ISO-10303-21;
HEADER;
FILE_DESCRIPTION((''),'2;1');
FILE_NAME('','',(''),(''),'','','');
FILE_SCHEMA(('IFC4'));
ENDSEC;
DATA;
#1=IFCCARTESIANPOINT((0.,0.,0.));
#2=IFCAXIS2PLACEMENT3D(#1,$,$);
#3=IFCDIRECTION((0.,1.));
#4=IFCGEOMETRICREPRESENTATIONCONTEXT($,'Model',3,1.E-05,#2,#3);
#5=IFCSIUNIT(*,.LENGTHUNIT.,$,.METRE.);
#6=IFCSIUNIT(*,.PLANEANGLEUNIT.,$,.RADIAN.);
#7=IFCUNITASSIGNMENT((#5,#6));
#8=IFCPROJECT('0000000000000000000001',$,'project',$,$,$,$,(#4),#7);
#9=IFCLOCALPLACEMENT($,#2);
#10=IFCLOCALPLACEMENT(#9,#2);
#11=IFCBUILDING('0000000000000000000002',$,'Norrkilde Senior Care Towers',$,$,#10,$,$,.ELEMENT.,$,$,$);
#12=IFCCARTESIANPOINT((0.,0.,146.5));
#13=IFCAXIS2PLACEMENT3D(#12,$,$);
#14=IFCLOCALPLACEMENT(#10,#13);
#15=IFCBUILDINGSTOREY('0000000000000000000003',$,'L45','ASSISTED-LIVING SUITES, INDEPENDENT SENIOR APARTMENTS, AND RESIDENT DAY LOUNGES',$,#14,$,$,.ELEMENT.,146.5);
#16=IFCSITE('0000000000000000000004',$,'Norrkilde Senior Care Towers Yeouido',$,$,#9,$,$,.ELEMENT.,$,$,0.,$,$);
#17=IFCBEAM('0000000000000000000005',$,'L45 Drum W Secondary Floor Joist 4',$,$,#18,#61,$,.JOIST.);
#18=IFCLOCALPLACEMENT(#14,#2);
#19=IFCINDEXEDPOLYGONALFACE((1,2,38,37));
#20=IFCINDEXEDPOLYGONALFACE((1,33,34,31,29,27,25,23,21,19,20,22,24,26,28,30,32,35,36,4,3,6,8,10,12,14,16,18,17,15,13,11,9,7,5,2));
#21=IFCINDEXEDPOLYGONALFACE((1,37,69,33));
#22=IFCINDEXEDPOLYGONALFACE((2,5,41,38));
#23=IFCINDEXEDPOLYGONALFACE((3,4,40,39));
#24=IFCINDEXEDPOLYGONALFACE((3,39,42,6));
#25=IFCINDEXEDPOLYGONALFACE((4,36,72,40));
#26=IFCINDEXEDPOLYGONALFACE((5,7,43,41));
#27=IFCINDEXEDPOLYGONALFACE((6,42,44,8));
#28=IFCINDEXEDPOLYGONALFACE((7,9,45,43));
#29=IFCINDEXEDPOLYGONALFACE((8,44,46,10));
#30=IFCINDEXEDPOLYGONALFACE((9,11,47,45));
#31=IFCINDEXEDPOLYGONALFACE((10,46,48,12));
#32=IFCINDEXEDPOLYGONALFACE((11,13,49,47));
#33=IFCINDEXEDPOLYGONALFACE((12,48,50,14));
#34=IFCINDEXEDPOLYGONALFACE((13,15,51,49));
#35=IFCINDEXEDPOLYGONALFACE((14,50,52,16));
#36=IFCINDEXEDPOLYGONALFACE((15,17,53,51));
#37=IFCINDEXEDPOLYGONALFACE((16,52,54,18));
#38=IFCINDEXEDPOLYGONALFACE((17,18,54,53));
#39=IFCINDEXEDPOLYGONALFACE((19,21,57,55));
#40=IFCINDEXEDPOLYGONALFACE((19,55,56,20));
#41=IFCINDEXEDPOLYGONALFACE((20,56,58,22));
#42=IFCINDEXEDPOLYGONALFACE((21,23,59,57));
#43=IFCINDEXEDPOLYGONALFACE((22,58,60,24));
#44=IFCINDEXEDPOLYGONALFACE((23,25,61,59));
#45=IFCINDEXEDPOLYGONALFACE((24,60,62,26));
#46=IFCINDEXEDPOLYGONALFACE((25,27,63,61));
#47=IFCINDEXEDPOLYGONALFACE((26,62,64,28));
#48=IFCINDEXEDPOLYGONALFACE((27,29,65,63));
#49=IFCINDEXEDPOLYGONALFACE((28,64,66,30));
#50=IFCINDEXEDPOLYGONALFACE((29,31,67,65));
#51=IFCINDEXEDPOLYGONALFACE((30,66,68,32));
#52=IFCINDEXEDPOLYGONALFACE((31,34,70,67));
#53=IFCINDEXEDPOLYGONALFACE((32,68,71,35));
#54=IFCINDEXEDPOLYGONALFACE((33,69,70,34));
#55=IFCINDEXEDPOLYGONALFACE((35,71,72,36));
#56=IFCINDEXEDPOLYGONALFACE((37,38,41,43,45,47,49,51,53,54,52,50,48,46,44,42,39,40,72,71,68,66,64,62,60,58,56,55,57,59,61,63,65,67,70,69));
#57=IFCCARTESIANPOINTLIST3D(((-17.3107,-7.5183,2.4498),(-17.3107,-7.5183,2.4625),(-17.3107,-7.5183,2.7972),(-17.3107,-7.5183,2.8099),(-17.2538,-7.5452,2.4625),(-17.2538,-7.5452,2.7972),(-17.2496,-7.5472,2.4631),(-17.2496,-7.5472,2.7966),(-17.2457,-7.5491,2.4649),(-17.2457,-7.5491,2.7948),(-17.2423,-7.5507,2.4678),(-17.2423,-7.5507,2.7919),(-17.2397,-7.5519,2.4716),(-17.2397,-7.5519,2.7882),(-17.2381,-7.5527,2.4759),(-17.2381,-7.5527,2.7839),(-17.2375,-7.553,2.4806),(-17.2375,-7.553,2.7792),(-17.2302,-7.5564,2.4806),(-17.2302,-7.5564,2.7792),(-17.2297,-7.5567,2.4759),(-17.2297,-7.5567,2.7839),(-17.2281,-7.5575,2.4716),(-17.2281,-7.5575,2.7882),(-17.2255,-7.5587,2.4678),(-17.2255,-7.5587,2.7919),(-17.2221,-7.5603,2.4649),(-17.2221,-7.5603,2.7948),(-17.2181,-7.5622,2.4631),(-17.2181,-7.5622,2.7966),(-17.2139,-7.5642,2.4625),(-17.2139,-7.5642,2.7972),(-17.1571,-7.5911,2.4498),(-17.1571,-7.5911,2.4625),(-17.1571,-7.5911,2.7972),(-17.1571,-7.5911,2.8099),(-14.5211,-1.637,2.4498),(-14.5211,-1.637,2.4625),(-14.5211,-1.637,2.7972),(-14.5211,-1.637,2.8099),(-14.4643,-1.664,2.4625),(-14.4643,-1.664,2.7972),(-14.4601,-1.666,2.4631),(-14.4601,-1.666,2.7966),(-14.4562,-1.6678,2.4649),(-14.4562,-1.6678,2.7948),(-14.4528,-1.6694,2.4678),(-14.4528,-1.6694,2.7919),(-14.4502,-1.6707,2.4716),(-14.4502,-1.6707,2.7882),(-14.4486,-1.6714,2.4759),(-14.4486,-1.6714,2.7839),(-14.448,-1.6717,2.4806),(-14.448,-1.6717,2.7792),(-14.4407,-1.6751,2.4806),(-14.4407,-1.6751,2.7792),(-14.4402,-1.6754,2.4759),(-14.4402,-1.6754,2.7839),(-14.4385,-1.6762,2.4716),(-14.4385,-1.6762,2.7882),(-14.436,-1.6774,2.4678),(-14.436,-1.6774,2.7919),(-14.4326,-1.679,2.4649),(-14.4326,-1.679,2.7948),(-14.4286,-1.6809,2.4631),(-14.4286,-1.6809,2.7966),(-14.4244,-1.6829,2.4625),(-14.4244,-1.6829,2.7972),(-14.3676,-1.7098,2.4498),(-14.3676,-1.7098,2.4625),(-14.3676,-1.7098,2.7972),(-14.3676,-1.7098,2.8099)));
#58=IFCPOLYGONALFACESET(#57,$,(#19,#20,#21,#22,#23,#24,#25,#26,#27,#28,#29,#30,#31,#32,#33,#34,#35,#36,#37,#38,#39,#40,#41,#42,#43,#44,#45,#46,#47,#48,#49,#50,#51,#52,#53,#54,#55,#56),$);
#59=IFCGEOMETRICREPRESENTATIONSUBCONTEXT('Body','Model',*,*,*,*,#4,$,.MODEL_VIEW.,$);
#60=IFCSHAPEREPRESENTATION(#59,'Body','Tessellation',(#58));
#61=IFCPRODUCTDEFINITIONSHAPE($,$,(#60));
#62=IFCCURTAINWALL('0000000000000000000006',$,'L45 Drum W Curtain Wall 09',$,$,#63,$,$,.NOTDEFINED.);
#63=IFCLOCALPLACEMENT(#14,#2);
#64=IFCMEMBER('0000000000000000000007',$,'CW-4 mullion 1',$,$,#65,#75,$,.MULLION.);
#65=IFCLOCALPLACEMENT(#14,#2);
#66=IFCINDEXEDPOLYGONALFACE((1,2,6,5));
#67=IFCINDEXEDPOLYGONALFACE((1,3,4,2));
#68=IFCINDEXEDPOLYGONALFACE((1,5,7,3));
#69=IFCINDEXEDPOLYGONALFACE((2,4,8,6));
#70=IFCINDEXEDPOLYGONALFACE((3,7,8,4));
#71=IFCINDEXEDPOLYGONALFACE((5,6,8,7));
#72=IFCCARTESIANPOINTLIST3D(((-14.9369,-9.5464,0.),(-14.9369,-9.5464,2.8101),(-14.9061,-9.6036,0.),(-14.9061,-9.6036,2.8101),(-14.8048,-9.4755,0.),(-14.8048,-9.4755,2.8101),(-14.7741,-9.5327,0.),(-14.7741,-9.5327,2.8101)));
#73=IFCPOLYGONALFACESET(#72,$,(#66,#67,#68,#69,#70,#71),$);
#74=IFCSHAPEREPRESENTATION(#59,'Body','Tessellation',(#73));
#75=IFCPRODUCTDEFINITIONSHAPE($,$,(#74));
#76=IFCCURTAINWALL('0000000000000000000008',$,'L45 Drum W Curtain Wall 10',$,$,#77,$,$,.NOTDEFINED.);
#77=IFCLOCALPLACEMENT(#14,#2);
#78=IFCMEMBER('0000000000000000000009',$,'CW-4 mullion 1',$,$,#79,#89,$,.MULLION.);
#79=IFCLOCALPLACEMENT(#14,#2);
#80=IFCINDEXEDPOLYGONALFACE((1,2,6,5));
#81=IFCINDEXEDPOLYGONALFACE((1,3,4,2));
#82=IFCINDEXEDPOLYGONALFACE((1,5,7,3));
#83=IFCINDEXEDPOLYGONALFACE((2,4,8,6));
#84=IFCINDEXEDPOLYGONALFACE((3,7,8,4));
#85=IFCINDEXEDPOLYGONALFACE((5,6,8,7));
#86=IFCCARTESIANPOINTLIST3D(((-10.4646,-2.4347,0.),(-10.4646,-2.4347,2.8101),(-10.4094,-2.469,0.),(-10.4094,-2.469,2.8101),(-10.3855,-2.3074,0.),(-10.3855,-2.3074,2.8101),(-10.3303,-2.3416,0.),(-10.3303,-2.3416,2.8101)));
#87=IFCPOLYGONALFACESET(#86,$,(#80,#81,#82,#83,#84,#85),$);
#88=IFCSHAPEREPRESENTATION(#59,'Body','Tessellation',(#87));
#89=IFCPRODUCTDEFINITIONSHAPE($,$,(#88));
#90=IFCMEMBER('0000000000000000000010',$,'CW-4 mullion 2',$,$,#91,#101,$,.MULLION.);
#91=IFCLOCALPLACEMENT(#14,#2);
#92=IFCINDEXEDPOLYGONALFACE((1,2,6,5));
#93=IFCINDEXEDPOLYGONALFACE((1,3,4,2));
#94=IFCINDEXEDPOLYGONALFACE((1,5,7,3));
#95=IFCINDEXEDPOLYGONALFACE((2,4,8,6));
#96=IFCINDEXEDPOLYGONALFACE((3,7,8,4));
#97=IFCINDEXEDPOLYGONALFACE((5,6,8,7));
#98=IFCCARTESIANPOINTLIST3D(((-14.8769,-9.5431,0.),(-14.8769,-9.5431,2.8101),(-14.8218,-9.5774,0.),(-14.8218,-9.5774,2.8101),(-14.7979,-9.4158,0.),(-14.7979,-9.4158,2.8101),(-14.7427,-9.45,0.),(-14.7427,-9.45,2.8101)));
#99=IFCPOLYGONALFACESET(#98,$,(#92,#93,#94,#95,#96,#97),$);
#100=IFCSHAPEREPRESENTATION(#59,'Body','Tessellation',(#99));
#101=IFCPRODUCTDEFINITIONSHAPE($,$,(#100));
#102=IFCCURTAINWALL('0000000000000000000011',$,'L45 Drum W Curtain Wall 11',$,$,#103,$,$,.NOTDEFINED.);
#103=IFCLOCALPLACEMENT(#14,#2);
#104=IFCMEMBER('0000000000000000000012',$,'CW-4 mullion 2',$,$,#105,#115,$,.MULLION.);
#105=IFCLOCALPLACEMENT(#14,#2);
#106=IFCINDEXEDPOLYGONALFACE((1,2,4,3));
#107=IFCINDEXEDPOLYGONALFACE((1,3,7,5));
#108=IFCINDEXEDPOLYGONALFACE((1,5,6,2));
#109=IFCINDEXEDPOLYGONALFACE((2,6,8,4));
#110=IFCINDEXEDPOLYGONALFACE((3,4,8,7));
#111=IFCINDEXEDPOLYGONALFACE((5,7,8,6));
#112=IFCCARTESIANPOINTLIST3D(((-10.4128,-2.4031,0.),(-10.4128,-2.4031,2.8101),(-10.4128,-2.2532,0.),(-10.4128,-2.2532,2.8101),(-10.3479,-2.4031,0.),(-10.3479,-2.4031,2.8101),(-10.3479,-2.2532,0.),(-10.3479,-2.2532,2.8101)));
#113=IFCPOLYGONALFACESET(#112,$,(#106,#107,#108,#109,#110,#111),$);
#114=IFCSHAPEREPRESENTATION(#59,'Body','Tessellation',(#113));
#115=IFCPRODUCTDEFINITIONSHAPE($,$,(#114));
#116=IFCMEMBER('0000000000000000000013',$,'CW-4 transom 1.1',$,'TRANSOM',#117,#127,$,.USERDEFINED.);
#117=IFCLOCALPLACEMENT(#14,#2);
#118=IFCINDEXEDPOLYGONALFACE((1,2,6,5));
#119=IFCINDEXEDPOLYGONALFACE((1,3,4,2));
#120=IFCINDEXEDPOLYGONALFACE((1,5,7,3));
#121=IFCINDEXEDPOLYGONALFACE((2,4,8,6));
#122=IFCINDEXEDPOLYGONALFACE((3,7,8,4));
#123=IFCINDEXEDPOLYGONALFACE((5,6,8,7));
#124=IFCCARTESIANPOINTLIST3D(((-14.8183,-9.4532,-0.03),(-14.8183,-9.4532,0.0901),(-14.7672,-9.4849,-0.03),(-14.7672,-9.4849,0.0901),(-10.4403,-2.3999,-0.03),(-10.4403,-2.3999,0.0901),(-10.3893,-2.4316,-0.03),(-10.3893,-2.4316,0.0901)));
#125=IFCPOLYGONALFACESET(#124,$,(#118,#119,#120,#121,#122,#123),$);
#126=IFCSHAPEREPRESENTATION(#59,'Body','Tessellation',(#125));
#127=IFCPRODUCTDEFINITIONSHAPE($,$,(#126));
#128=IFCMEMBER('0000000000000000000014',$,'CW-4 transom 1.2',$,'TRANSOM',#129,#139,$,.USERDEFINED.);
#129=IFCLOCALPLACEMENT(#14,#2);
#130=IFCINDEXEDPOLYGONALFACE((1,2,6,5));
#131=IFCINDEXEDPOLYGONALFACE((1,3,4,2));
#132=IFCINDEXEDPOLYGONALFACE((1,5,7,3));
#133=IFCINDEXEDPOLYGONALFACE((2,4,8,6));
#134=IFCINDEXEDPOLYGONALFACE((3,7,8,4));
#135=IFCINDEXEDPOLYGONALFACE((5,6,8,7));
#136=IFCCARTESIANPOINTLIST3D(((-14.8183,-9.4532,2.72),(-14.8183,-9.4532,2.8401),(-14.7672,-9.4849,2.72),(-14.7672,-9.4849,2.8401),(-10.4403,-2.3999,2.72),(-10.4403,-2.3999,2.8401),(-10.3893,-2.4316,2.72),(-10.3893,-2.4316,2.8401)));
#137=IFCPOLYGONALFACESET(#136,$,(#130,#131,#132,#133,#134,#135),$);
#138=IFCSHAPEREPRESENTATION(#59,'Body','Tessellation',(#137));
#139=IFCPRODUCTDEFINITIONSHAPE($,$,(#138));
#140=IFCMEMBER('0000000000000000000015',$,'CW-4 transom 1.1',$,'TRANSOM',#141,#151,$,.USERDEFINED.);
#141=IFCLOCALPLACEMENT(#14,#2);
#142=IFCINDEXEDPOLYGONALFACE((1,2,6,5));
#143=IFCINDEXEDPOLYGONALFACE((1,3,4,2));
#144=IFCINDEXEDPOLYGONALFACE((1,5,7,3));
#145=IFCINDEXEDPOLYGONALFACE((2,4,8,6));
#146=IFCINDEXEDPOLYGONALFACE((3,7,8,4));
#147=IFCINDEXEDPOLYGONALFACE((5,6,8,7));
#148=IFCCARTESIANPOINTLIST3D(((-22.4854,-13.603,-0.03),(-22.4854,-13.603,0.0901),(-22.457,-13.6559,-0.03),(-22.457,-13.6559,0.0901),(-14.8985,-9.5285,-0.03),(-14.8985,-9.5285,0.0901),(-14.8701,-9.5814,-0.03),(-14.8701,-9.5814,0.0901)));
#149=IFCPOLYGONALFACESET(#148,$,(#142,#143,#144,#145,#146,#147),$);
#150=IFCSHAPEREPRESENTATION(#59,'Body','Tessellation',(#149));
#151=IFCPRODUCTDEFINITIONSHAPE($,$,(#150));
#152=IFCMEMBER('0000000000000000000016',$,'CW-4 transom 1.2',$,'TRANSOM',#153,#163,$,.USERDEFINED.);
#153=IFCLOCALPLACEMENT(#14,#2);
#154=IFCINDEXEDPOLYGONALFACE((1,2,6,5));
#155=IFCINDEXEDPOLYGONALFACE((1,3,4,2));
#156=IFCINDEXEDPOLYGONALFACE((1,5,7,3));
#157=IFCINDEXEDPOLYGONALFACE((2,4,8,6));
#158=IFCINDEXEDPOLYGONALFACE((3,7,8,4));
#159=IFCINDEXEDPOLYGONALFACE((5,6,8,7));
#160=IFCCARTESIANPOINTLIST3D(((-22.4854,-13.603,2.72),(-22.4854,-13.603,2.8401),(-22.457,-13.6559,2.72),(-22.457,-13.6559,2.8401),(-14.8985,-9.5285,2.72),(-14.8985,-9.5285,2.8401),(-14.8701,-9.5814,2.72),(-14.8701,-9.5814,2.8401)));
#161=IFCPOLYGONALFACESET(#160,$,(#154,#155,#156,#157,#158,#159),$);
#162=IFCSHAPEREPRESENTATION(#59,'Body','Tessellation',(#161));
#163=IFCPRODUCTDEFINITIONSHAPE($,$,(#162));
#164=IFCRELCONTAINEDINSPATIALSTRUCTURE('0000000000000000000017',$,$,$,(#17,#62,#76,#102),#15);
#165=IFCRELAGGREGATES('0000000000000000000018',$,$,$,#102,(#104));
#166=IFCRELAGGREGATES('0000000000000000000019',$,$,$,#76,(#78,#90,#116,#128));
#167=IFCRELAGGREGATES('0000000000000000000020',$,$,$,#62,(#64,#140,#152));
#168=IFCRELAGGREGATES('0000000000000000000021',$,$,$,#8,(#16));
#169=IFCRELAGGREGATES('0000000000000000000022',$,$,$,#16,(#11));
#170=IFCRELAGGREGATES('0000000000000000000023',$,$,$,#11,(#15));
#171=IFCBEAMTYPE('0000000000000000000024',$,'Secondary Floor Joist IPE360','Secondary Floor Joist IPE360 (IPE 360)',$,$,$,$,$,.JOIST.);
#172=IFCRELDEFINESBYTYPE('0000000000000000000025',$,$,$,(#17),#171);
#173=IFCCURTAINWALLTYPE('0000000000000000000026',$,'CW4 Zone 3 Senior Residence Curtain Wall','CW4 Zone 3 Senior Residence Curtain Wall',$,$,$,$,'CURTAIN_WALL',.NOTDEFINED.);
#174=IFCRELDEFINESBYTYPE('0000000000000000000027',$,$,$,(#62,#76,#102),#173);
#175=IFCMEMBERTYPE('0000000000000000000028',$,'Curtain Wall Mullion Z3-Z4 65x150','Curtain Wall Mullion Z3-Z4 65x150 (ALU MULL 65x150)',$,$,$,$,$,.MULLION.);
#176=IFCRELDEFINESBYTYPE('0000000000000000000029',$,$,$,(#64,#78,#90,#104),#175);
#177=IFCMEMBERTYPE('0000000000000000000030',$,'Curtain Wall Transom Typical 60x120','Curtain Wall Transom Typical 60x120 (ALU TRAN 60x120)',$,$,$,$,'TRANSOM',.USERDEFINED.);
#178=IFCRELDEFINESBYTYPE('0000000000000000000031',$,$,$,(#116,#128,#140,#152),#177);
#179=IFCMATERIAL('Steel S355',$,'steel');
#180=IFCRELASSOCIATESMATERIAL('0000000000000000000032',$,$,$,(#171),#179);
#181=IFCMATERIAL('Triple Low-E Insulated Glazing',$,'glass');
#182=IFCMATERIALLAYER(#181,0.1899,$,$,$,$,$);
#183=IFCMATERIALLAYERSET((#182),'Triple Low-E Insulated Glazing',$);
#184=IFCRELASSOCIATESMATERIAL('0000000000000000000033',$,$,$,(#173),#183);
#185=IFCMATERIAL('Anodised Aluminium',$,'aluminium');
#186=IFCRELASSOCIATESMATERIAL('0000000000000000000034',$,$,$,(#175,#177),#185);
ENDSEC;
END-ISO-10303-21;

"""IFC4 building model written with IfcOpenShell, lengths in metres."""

from ifc_helpers import new_model, si_unit, direction, frame, origin, origin_2d, place, context, subcontext, project, spatial, rectangle, i_section, extrude, source, transform, mapped, material, layer, layer_set, material_profile, profile_set, type_object, type_shapes, element, aggregate, save


model = new_model("IFC4")

# Units and contexts
model_context = context("Model", 3, precision=1e-05, world=origin(), true_north=direction((0.0, 1.0)))
body_context = subcontext(model_context, "Body", "Model", "MODEL_VIEW")
ifc_project = project(units=[si_unit("LENGTHUNIT", "METRE"), si_unit("PLANEANGLEUNIT", "RADIAN")], contexts=[model_context])

# Site, building, storey
site_placement = place(None, origin())
site = spatial("IfcSite", under=ifc_project, at=site_placement, Name="Norrkilde Senior Care Towers Yeouido", CompositionType="ELEMENT", RefElevation=0.0)
building_placement = place(site_placement, origin())
building = spatial("IfcBuilding", under=site, at=building_placement, Name="Norrkilde Senior Care Towers", CompositionType="ELEMENT")
storey_placement = place(building_placement, frame((0.0, 0.0, 146.5)))
storey = spatial("IfcBuildingStorey", under=building, at=storey_placement, Name="L45", Description="ASSISTED-LIVING SUITES, INDEPENDENT SENIOR APARTMENTS, AND RESIDENT DAY LOUNGES", CompositionType="ELEMENT", Elevation=146.5)

# Beam
ifc_material_1 = material(Name="Steel S355", Category="steel")
ifc_material_profile_1 = material_profile(ifc_material_1, i_section(OverallWidth=0.1699, OverallDepth=0.3601, WebThickness=0.0081, FlangeThickness=0.0127, FilletRadius=0.0181, at=origin_2d()), Name="IPE 360")
ifc_profile_set_1 = profile_set([ifc_material_profile_1], Name="Steel S355")
beam_type_1 = type_object("IfcBeamType", Name="Secondary Floor Joist IPE360", Description="Secondary Floor Joist IPE360 (IPE 360)", PredefinedType="JOIST", material=ifc_profile_set_1)
shared_shape_1 = source(origin(), body_context, "Body", "SweptSolid", [
    extrude(i_section(OverallWidth=0.1699, OverallDepth=0.3601, WebThickness=0.0081, FlangeThickness=0.0127, FilletRadius=0.0181, at=origin_2d()), origin(), (0.0, 0.0, 1.0), 6.5093),
])
type_shapes(beam_type_1, [shared_shape_1])
beam_1_placement = place(storey_placement, frame((-17.2339, -7.5547, 2.6299), z_axis=(0.428544, 0.903521, 0.0), x_axis=(-0.903521, 0.428544, 0.0)))
element("IfcBeam", 1, at=beam_1_placement, inside=storey, type_object=beam_type_1, Name="L45 Drum W Secondary Floor Joist 4", PredefinedType="JOIST", context=body_context, shape_type="MappedRepresentation", body=[
    mapped(shared_shape_1, transform((0.0, 0.0, 0.0), x_axis=(1.0, 0.0, 0.0), y_axis=(0.0, 1.0, 0.0), z_axis=(0.0, 0.0, 1.0), scale=1.0)),
])

# Curtain wall, member
ifc_material_2 = material(Name="Triple Low-E Insulated Glazing", Category="glass")
ifc_layer_1 = layer(ifc_material_2, 0.1899)
ifc_layer_set_1 = layer_set([ifc_layer_1], Name="Triple Low-E Insulated Glazing")
curtain_wall_type = type_object("IfcCurtainWallType", Name="CW4 Zone 3 Senior Residence Curtain Wall", Description="CW4 Zone 3 Senior Residence Curtain Wall", ElementType="CURTAIN_WALL", PredefinedType="NOTDEFINED", material=ifc_layer_set_1)
curtain_wall_1_placement = place(storey_placement, origin())
curtain_wall_1 = element("IfcCurtainWall", 2, at=curtain_wall_1_placement, inside=storey, type_object=curtain_wall_type, Name="L45 Drum W Curtain Wall 09", PredefinedType="NOTDEFINED")
ifc_material_3 = material(Name="Anodised Aluminium", Category="aluminium")
ifc_material_profile_2 = material_profile(ifc_material_3, rectangle(XDim=0.0649, YDim=0.1499, at=origin_2d()), Name="ALU MULL 65x150")
ifc_profile_set_2 = profile_set([ifc_material_profile_2], Name="Anodised Aluminium")
member_type_1 = type_object("IfcMemberType", Name="Curtain Wall Mullion Z3-Z4 65x150", Description="Curtain Wall Mullion Z3-Z4 65x150 (ALU MULL 65x150)", PredefinedType="MULLION", material=ifc_profile_set_2)
shared_shape_2 = source(origin(), body_context, "Body", "SweptSolid", [
    extrude(rectangle(XDim=0.0649, YDim=0.1499, at=origin_2d()), origin(), (0.0, 0.0, 1.0), 2.8101),
])
type_shapes(member_type_1, [shared_shape_2])
member_1_placement = place(storey_placement, frame((-14.8555, -9.5396, 0.0), z_axis=(0.0, 0.0, 1.0), x_axis=(0.473117, -0.881, 0.0)))
member_1 = element("IfcMember", 3, at=member_1_placement, type_object=member_type_1, Name="CW-4 mullion 1", PredefinedType="MULLION", context=body_context, shape_type="MappedRepresentation", body=[
    mapped(shared_shape_2, transform((0.0, 0.0, 0.0), x_axis=(1.0, 0.0, 0.0), y_axis=(0.0, 1.0, 0.0), z_axis=(0.0, 0.0, 1.0), scale=1.0)),
])

# Curtain wall, members
curtain_wall_2_placement = place(storey_placement, origin())
curtain_wall_2 = element("IfcCurtainWall", 4, at=curtain_wall_2_placement, inside=storey, type_object=curtain_wall_type, Name="L45 Drum W Curtain Wall 10", PredefinedType="NOTDEFINED")
member_2_placement = place(storey_placement, frame((-10.3975, -2.3882, 0.0), z_axis=(0.0, 0.0, 1.0), x_axis=(0.849634, -0.527373, 0.0)))
member_2 = element("IfcMember", 5, at=member_2_placement, type_object=member_type_1, Name="CW-4 mullion 1", PredefinedType="MULLION", context=body_context, shape_type="MappedRepresentation", body=[
    mapped(shared_shape_2, transform((0.0, 0.0, 0.0), x_axis=(1.0, 0.0, 0.0), y_axis=(0.0, 1.0, 0.0), z_axis=(0.0, 0.0, 1.0), scale=1.0)),
])
member_3_placement = place(storey_placement, frame((-14.8098, -9.4966, 0.0), z_axis=(0.0, 0.0, 1.0), x_axis=(0.849634, -0.527373, 0.0)))
member_3 = element("IfcMember", 6, at=member_3_placement, type_object=member_type_1, Name="CW-4 mullion 2", PredefinedType="MULLION", context=body_context, shape_type="MappedRepresentation", body=[
    mapped(shared_shape_2, transform((0.0, 0.0, 0.0), x_axis=(1.0, 0.0, 0.0), y_axis=(0.0, 1.0, 0.0), z_axis=(0.0, 0.0, 1.0), scale=1.0)),
])

# Curtain wall, member
curtain_wall_3_placement = place(storey_placement, origin())
curtain_wall_3 = element("IfcCurtainWall", 7, at=curtain_wall_3_placement, inside=storey, type_object=curtain_wall_type, Name="L45 Drum W Curtain Wall 11", PredefinedType="NOTDEFINED")
member_4_placement = place(storey_placement, frame((-10.3804, -2.3281, 0.0), z_axis=(0.0, 0.0, 1.0), x_axis=(1.0, 0.0, 0.0)))
member_4 = element("IfcMember", 8, at=member_4_placement, type_object=member_type_1, Name="CW-4 mullion 2", PredefinedType="MULLION", context=body_context, shape_type="MappedRepresentation", body=[
    mapped(shared_shape_2, transform((0.0, 0.0, 0.0), x_axis=(1.0, 0.0, 0.0), y_axis=(0.0, 1.0, 0.0), z_axis=(0.0, 0.0, 1.0), scale=1.0)),
])
aggregate(curtain_wall_3, [member_4])

# Members
ifc_material_profile_3 = material_profile(ifc_material_3, rectangle(XDim=0.0601, YDim=0.1201, at=origin_2d()), Name="ALU TRAN 60x120")
ifc_profile_set_3 = profile_set([ifc_material_profile_3], Name="Anodised Aluminium")
member_type_2 = type_object("IfcMemberType", Name="Curtain Wall Transom Typical 60x120", Description="Curtain Wall Transom Typical 60x120 (ALU TRAN 60x120)", ElementType="TRANSOM", PredefinedType="USERDEFINED", material=ifc_profile_set_3)
shared_shape_3 = source(origin(), body_context, "Body", "SweptSolid", [
    extrude(rectangle(XDim=0.0601, YDim=0.1201, at=origin_2d()), origin(), (0.0, 0.0, 1.0), 8.3015),
])
member_5_placement = place(storey_placement, frame((-10.4148, -2.4158, 0.03), z_axis=(-0.527369, -0.849637, 0.0), x_axis=(0.849637, -0.527369, 0.0)))
member_5 = element("IfcMember", 9, at=member_5_placement, type_object=member_type_2, Name="CW-4 transom 1.1", ObjectType="TRANSOM", PredefinedType="USERDEFINED", context=body_context, shape_type="MappedRepresentation", body=[
    mapped(shared_shape_3, transform((0.0, 0.0, 0.0), x_axis=(1.0, 0.0, 0.0), y_axis=(0.0, 1.0, 0.0), z_axis=(0.0, 0.0, 1.0), scale=1.0)),
])
member_6_placement = place(storey_placement, frame((-10.4148, -2.4158, 2.78), z_axis=(-0.527369, -0.849637, 0.0), x_axis=(0.849637, -0.527369, 0.0)))
member_6 = element("IfcMember", 10, at=member_6_placement, type_object=member_type_2, Name="CW-4 transom 1.2", ObjectType="TRANSOM", PredefinedType="USERDEFINED", context=body_context, shape_type="MappedRepresentation", body=[
    mapped(shared_shape_3, transform((0.0, 0.0, 0.0), x_axis=(1.0, 0.0, 0.0), y_axis=(0.0, 1.0, 0.0), z_axis=(0.0, 0.0, 1.0), scale=1.0)),
])
shared_shape_4 = source(origin(), body_context, "Body", "SweptSolid", [
    extrude(rectangle(XDim=0.0601, YDim=0.1201, at=origin_2d()), origin(), (0.0, 0.0, 1.0), 8.6118),
])
type_shapes(member_type_2, [shared_shape_3, shared_shape_4])
member_7_placement = place(storey_placement, frame((-14.8843, -9.5549, 0.03), z_axis=(-0.880994, -0.473127, 0.0), x_axis=(0.473127, -0.880994, 0.0)))
member_7 = element("IfcMember", 11, at=member_7_placement, type_object=member_type_2, Name="CW-4 transom 1.1", ObjectType="TRANSOM", PredefinedType="USERDEFINED", context=body_context, shape_type="MappedRepresentation", body=[
    mapped(shared_shape_4, transform((0.0, 0.0, 0.0), x_axis=(1.0, 0.0, 0.0), y_axis=(0.0, 1.0, 0.0), z_axis=(0.0, 0.0, 1.0), scale=1.0)),
])
member_8_placement = place(storey_placement, frame((-14.8843, -9.5549, 2.78), z_axis=(-0.880994, -0.473127, 0.0), x_axis=(0.473127, -0.880994, 0.0)))
member_8 = element("IfcMember", 12, at=member_8_placement, type_object=member_type_2, Name="CW-4 transom 1.2", ObjectType="TRANSOM", PredefinedType="USERDEFINED", context=body_context, shape_type="MappedRepresentation", body=[
    mapped(shared_shape_4, transform((0.0, 0.0, 0.0), x_axis=(1.0, 0.0, 0.0), y_axis=(0.0, 1.0, 0.0), z_axis=(0.0, 0.0, 1.0), scale=1.0)),
])

aggregate(curtain_wall_2, [member_2, member_3, member_5, member_6])
aggregate(curtain_wall_1, [member_1, member_7, member_8])

save(model, "model.ifc")
